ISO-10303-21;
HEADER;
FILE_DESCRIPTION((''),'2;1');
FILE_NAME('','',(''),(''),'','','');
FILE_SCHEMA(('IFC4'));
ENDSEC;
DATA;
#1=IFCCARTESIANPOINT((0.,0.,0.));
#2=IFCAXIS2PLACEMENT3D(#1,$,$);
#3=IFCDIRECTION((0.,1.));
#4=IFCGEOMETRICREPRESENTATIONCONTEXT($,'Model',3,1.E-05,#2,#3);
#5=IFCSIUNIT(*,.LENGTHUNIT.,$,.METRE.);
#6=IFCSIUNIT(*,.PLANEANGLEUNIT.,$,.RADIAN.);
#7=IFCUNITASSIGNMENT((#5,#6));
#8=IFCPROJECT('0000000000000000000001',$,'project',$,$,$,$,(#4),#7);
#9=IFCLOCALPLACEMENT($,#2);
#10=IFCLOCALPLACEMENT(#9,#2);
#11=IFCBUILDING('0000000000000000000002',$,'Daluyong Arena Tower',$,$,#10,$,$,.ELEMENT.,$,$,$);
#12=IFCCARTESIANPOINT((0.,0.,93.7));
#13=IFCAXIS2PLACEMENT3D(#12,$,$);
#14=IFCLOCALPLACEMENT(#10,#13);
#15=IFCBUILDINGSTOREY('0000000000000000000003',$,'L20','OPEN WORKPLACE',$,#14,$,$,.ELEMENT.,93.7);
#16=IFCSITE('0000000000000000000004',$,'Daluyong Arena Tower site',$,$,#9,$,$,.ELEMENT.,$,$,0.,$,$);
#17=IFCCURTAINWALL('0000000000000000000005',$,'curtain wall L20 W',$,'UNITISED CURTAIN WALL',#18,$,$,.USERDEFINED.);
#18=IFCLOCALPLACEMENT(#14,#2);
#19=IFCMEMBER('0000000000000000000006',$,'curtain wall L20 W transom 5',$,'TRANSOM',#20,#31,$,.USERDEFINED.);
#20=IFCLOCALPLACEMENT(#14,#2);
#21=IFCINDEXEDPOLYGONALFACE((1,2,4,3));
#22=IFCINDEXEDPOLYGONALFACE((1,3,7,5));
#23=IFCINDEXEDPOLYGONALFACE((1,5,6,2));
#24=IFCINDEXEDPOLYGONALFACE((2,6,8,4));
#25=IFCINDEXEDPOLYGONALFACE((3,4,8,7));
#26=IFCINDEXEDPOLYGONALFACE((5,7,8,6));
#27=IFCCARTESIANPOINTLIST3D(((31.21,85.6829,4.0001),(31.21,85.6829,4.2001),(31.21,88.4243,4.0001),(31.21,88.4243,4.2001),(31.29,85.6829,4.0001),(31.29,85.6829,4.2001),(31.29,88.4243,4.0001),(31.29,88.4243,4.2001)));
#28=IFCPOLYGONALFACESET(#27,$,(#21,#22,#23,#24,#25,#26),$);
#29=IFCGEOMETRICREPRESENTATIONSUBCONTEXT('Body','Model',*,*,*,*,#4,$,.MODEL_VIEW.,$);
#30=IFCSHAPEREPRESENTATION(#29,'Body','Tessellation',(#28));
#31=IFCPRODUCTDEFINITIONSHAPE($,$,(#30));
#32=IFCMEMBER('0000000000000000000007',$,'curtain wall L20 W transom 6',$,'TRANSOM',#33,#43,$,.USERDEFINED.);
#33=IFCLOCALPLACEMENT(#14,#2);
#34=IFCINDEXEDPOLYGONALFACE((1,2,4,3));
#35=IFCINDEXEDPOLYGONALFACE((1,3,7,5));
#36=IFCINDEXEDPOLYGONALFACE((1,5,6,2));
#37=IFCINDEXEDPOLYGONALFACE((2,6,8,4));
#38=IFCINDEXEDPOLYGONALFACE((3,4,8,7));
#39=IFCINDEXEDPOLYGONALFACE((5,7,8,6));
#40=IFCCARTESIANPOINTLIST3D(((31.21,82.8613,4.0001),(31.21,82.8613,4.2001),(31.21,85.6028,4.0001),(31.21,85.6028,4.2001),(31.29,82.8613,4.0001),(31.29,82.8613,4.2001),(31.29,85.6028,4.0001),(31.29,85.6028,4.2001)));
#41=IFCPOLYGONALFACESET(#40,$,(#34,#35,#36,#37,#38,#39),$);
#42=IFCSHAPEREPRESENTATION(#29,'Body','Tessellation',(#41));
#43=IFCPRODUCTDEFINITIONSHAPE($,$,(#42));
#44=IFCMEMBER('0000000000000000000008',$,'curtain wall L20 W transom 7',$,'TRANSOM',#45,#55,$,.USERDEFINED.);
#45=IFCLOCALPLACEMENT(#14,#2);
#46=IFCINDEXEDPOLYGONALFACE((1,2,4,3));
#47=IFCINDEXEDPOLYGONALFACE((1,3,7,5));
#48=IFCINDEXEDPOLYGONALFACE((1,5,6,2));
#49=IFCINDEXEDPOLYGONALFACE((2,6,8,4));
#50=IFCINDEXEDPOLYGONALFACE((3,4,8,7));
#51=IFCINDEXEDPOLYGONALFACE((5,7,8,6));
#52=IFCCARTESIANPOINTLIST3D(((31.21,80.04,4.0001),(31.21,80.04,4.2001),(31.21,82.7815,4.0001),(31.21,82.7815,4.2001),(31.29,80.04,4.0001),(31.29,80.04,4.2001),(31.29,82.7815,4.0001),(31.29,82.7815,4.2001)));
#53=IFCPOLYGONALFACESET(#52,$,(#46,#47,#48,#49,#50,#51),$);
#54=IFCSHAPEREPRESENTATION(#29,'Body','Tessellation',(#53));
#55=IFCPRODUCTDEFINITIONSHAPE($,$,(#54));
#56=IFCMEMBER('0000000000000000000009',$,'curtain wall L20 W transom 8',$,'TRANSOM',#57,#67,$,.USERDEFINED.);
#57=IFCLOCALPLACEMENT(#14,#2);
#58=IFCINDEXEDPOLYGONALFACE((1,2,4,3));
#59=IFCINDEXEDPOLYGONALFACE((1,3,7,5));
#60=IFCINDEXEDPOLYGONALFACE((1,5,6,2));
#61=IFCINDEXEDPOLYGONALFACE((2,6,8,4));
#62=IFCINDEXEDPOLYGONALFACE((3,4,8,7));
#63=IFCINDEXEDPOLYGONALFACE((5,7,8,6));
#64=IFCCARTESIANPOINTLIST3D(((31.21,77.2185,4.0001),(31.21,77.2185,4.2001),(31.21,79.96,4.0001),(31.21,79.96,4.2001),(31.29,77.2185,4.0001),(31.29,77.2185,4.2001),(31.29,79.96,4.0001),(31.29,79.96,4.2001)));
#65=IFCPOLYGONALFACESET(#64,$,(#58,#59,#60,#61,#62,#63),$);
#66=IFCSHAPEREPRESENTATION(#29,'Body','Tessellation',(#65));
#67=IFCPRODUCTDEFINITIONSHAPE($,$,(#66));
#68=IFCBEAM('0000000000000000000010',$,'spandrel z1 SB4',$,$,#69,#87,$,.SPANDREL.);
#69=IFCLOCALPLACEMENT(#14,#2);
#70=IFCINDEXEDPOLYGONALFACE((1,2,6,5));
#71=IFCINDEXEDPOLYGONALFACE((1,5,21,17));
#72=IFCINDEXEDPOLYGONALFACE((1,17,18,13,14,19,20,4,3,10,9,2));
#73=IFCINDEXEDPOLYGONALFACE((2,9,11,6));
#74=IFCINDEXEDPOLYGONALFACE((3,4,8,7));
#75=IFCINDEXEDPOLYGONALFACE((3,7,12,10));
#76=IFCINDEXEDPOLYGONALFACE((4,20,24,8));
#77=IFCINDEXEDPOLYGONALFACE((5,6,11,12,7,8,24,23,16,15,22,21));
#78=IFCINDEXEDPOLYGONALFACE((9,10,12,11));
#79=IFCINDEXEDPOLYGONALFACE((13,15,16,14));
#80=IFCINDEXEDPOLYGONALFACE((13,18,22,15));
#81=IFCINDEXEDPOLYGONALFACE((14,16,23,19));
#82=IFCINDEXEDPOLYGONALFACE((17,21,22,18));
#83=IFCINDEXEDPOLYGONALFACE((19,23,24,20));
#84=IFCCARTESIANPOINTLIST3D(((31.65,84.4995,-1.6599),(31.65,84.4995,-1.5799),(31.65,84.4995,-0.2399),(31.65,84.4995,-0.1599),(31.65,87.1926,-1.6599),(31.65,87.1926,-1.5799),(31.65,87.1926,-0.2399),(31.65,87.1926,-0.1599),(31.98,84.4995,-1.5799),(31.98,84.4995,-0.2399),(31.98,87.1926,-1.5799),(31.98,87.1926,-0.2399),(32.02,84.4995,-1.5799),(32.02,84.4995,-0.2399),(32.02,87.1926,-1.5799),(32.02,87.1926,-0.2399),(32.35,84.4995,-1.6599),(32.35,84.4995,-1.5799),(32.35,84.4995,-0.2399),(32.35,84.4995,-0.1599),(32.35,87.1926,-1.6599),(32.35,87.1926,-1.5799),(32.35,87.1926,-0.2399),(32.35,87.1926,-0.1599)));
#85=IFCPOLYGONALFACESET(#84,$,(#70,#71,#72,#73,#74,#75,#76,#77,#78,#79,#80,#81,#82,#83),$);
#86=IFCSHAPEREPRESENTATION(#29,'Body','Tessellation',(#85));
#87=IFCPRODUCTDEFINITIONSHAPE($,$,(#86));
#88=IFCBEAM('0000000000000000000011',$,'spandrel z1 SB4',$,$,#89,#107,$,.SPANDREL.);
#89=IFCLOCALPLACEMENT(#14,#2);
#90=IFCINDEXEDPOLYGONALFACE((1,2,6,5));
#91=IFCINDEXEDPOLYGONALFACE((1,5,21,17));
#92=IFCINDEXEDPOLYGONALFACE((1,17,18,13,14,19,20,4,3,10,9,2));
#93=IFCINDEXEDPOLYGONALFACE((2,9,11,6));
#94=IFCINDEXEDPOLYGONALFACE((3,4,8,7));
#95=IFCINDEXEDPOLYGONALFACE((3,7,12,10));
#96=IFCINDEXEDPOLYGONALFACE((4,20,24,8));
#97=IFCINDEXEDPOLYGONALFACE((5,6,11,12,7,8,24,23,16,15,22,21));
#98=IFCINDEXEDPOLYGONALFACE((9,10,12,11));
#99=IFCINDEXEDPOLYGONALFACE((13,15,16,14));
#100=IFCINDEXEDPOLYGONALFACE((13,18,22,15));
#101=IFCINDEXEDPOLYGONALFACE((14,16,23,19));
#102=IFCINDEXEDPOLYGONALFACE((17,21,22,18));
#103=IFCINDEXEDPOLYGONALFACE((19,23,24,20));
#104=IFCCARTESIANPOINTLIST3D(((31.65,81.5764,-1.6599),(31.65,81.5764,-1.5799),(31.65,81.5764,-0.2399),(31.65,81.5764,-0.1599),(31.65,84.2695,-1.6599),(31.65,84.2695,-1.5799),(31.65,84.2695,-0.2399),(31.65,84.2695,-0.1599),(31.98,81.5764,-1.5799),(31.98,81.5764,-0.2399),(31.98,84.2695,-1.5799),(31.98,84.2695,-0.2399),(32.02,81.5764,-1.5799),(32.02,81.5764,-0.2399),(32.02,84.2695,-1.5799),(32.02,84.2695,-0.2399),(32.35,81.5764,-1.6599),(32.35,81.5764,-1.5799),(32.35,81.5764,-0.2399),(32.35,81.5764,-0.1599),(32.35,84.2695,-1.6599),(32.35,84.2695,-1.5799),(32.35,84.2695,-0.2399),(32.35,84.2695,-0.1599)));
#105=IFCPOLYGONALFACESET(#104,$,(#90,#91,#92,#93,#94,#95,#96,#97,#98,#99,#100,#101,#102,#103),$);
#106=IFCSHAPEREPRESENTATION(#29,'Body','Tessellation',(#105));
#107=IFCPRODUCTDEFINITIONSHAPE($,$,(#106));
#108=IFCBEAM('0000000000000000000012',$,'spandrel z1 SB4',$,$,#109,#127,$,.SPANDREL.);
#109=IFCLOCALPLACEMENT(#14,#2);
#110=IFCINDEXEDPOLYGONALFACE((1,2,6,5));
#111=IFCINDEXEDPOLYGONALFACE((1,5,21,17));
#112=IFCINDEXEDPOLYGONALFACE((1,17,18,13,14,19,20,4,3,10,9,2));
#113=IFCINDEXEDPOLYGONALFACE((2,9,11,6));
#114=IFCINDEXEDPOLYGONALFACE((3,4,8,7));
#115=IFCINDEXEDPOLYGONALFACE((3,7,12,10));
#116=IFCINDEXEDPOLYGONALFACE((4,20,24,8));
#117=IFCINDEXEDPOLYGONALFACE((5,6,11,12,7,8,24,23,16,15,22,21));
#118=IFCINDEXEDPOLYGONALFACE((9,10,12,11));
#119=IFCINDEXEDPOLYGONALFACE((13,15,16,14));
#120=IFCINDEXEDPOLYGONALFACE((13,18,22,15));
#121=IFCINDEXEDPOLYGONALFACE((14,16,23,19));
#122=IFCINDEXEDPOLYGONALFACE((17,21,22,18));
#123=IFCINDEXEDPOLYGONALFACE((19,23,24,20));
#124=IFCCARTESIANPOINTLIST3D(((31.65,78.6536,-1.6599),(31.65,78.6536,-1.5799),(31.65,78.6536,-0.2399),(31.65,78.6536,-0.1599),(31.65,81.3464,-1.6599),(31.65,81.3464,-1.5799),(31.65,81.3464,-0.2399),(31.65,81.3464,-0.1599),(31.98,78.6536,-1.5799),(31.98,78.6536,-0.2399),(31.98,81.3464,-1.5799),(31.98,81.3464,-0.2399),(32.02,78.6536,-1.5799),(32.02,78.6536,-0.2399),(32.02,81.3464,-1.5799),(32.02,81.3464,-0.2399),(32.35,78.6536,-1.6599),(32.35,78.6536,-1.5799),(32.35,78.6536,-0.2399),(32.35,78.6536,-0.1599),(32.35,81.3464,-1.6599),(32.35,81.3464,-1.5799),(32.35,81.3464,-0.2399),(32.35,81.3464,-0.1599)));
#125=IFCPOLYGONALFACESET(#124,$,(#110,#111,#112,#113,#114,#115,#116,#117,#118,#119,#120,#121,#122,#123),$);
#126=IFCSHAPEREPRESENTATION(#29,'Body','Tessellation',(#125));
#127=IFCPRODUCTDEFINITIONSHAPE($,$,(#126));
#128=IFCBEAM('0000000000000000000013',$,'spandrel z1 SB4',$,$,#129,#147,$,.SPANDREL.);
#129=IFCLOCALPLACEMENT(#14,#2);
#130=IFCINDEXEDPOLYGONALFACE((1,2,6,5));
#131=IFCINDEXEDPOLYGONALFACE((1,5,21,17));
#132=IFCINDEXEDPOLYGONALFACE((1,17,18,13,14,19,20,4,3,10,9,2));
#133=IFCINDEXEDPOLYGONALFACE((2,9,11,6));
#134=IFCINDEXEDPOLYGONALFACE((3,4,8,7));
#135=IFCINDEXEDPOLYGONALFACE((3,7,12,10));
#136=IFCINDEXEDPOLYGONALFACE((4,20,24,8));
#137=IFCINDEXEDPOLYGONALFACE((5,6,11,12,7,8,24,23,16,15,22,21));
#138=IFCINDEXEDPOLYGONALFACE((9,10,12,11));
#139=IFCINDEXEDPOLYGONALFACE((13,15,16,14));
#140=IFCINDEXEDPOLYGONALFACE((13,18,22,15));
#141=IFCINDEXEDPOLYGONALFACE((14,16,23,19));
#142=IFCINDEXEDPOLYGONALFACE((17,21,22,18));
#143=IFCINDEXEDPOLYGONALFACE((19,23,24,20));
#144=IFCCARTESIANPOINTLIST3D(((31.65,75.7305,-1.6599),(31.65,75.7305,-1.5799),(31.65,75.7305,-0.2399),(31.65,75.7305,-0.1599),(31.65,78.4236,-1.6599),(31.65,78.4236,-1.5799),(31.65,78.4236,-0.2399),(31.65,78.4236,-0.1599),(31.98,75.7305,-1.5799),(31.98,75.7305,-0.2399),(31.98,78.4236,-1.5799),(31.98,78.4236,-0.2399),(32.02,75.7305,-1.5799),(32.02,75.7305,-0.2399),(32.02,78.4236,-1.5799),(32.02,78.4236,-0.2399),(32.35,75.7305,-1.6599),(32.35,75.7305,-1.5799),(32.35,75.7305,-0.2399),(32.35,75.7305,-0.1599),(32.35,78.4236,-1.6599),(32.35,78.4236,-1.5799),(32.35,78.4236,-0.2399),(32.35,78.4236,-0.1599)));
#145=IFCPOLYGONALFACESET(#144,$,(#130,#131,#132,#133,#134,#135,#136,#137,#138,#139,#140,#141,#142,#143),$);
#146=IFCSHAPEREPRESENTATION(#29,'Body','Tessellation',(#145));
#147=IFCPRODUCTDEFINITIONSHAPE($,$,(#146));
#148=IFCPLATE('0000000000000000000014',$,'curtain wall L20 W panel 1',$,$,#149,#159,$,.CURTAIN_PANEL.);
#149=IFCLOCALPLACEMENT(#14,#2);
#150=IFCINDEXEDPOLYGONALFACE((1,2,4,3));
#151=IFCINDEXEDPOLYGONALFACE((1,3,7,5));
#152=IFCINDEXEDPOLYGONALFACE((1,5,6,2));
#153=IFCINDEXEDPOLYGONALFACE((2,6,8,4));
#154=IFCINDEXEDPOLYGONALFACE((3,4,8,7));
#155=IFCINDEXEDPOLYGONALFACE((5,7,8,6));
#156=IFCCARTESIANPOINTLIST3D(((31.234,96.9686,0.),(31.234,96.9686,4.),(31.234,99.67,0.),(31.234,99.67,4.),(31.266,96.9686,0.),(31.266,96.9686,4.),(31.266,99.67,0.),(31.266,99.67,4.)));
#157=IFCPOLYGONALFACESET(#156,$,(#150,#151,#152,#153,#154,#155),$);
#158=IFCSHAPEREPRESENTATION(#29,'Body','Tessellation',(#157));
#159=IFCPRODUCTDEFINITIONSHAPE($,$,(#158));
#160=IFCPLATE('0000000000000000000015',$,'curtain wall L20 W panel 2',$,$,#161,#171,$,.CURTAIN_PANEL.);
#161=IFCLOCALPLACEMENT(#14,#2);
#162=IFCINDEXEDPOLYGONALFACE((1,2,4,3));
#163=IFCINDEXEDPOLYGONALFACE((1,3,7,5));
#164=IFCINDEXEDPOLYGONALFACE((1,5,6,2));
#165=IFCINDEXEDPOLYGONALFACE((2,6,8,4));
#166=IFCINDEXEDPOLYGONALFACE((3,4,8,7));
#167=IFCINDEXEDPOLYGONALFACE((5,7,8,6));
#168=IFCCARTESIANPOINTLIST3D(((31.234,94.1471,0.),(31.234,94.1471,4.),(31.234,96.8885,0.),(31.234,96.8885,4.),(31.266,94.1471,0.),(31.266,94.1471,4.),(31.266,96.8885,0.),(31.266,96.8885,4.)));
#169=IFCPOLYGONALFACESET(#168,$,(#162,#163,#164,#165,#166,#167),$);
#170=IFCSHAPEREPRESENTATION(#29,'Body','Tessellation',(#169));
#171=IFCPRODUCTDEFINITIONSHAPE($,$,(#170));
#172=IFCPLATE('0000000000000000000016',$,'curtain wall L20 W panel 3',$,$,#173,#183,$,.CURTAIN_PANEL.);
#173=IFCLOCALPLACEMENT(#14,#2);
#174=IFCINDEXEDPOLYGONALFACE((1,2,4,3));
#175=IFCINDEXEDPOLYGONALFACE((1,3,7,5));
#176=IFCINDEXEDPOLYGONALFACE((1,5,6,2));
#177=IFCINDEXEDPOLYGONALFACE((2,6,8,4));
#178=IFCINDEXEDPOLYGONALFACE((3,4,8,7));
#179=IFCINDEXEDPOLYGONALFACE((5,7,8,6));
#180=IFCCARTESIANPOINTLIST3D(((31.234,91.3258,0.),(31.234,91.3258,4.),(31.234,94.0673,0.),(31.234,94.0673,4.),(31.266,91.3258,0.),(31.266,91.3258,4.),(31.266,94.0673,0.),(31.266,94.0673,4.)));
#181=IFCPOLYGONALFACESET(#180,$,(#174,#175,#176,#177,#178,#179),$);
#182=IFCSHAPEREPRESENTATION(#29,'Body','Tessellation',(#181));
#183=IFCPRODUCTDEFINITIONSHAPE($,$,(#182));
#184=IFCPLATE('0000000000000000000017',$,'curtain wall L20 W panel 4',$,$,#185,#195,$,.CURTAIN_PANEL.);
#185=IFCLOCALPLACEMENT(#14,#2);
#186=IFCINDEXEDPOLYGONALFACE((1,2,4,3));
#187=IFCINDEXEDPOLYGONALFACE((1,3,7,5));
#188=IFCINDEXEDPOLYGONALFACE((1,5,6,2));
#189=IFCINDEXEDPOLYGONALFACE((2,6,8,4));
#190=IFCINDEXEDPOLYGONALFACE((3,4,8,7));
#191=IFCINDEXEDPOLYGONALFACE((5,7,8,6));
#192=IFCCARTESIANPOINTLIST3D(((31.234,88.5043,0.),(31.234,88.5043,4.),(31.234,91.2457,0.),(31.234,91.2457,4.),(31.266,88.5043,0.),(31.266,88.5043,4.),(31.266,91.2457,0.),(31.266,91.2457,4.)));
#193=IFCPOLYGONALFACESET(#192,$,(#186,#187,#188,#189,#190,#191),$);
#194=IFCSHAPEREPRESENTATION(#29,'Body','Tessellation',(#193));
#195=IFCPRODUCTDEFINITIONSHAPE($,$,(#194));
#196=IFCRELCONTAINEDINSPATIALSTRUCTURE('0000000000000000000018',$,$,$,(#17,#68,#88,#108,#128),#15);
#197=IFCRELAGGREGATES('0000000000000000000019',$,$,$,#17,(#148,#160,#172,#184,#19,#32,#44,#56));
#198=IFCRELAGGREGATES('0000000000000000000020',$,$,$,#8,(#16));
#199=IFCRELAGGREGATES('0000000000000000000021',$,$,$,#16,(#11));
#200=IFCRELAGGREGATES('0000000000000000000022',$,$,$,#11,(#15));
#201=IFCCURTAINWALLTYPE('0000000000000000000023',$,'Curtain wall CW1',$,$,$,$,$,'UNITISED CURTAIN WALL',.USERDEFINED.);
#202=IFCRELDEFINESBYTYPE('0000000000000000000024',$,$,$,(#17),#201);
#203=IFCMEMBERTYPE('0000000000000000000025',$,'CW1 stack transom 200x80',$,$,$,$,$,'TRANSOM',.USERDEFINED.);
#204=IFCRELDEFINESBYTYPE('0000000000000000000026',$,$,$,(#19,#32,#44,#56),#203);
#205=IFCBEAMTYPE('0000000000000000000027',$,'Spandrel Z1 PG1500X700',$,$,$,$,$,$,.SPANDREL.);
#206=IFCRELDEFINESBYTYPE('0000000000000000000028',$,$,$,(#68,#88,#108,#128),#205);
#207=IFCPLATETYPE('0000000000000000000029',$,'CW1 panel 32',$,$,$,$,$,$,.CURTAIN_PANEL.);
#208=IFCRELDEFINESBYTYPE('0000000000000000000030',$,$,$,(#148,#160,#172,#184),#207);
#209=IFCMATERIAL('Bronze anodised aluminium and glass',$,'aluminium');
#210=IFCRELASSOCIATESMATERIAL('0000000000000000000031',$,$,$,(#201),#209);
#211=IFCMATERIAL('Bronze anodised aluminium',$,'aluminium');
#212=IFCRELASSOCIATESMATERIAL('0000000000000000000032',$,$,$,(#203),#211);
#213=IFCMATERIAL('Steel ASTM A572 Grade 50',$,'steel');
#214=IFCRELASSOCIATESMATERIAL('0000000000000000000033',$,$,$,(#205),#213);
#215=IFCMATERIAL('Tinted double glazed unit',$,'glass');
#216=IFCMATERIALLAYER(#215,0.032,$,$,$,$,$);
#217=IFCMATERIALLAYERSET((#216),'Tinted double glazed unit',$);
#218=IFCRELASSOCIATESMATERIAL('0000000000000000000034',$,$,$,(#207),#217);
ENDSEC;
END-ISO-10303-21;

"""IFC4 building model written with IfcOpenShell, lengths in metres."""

from ifc_helpers import new_model, si_unit, direction, frame, origin, origin_2d, place, context, subcontext, project, spatial, rectangle, i_section, extrude, material, layer, layer_set, material_profile, profile_set, type_object, element, aggregate, save


model = new_model("IFC4")

# Units and contexts
model_context = context("Model", 3, precision=1e-05, world=origin(), true_north=direction((0.0, 1.0)))
body_context = subcontext(model_context, "Body", "Model", "MODEL_VIEW")
ifc_project = project(units=[si_unit("LENGTHUNIT", "METRE"), si_unit("PLANEANGLEUNIT", "RADIAN")], contexts=[model_context])

# Site, building, storey
site_placement = place(None, origin())
site = spatial("IfcSite", under=ifc_project, at=site_placement, Name="Daluyong Arena Tower site", CompositionType="ELEMENT", RefElevation=0.0)
building_placement = place(site_placement, origin())
building = spatial("IfcBuilding", under=site, at=building_placement, Name="Daluyong Arena Tower", CompositionType="ELEMENT")
storey_placement = place(building_placement, frame((0.0, 0.0, 93.7)))
storey = spatial("IfcBuildingStorey", under=building, at=storey_placement, Name="L20", Description="OPEN WORKPLACE", CompositionType="ELEMENT", Elevation=93.7)

# Curtain wall, members
ifc_material_1 = material(Name="Bronze anodised aluminium and glass", Category="aluminium")
curtain_wall_type = type_object("IfcCurtainWallType", Name="Curtain wall CW1", ElementType="UNITISED CURTAIN WALL", PredefinedType="USERDEFINED", material=ifc_material_1)
curtain_wall_placement = place(storey_placement, origin())
curtain_wall = element("IfcCurtainWall", 1, at=curtain_wall_placement, inside=storey, type_object=curtain_wall_type, Name="curtain wall L20 W", ObjectType="UNITISED CURTAIN WALL", PredefinedType="USERDEFINED")
ifc_material_2 = material(Name="Bronze anodised aluminium", Category="aluminium")
ifc_material_profile_1 = material_profile(ifc_material_2, rectangle(XDim=0.0801, YDim=0.2, at=origin_2d()))
ifc_profile_set_1 = profile_set([ifc_material_profile_1], Name="Bronze anodised aluminium")
member_type_1 = type_object("IfcMemberType", Name="CW1 stack transom 200x80", ElementType="TRANSOM", PredefinedType="USERDEFINED", material=ifc_profile_set_1)
member_1_placement = place(storey_placement, frame((31.25, 88.4243, 4.1001), z_axis=(0.0, -1.0, 0.0), x_axis=(1.0, 0.0, 0.0)))
member_1 = element("IfcMember", 2, at=member_1_placement, type_object=member_type_1, Name="curtain wall L20 W transom 5", ObjectType="TRANSOM", PredefinedType="USERDEFINED", context=body_context, shape_type="SweptSolid", body=[
    extrude(rectangle(XDim=0.0801, YDim=0.2, at=origin_2d()), origin(), (0.0, 0.0, 1.0), 2.7415),
])
member_2_placement = place(storey_placement, frame((31.25, 85.6028, 4.1001), z_axis=(0.0, -1.0, 0.0), x_axis=(1.0, 0.0, 0.0)))
member_2 = element("IfcMember", 3, at=member_2_placement, type_object=member_type_1, Name="curtain wall L20 W transom 6", ObjectType="TRANSOM", PredefinedType="USERDEFINED", context=body_context, shape_type="SweptSolid", body=[
    extrude(rectangle(XDim=0.0801, YDim=0.2, at=origin_2d()), origin(), (0.0, 0.0, 1.0), 2.7415),
])
member_3_placement = place(storey_placement, frame((31.25, 82.7815, 4.1001), z_axis=(0.0, -1.0, 0.0), x_axis=(1.0, 0.0, 0.0)))
member_3 = element("IfcMember", 4, at=member_3_placement, type_object=member_type_1, Name="curtain wall L20 W transom 7", ObjectType="TRANSOM", PredefinedType="USERDEFINED", context=body_context, shape_type="SweptSolid", body=[
    extrude(rectangle(XDim=0.0801, YDim=0.2, at=origin_2d()), origin(), (0.0, 0.0, 1.0), 2.7415),
])
member_4_placement = place(storey_placement, frame((31.25, 79.96, 4.1001), z_axis=(0.0, -1.0, 0.0), x_axis=(1.0, 0.0, 0.0)))
member_4 = element("IfcMember", 5, at=member_4_placement, type_object=member_type_1, Name="curtain wall L20 W transom 8", ObjectType="TRANSOM", PredefinedType="USERDEFINED", context=body_context, shape_type="SweptSolid", body=[
    extrude(rectangle(XDim=0.0801, YDim=0.2, at=origin_2d()), origin(), (0.0, 0.0, 1.0), 2.7415),
])

# Beams
ifc_material_3 = material(Name="Steel ASTM A572 Grade 50", Category="steel")
ifc_material_profile_2 = material_profile(ifc_material_3, i_section(OverallWidth=0.7, OverallDepth=1.5, WebThickness=0.04, FlangeThickness=0.08, at=origin_2d()))
ifc_profile_set_2 = profile_set([ifc_material_profile_2], Name="Steel ASTM A572 Grade 50")
beam_type = type_object("IfcBeamType", Name="Spandrel Z1 PG1500X700", PredefinedType="SPANDREL", material=ifc_profile_set_2)
for number, where, z_axis, x_axis, name in (
    (6, (32.0, 87.1926, -0.9099), (0.0, -1.0, 0.0), (1.0, 0.0, 0.0), "spandrel z1 SB4"),
    (7, (32.0, 84.2695, -0.9099), (0.0, -1.0, 0.0), (1.0, 0.0, 0.0), "spandrel z1 SB4"),
):
    element("IfcBeam", number, at=place(storey_placement, frame(where, z_axis=z_axis, x_axis=x_axis)), inside=storey, type_object=beam_type, Name=name, PredefinedType="SPANDREL", context=body_context, shape_type="SweptSolid", body=[
        extrude(i_section(OverallWidth=0.7, OverallDepth=1.5, WebThickness=0.04, FlangeThickness=0.08, at=origin_2d()), origin(), (0.0, 0.0, 1.0), 2.6931),
    ])
beam_1_placement = place(storey_placement, frame((32.0, 81.3464, -0.9099), z_axis=(0.0, -1.0, 0.0), x_axis=(1.0, 0.0, 0.0)))
element("IfcBeam", 8, at=beam_1_placement, inside=storey, type_object=beam_type, Name="spandrel z1 SB4", PredefinedType="SPANDREL", context=body_context, shape_type="SweptSolid", body=[
    extrude(i_section(OverallWidth=0.7, OverallDepth=1.5, WebThickness=0.04, FlangeThickness=0.08, at=origin_2d()), origin(), (0.0, 0.0, 1.0), 2.6929),
])
beam_2_placement = place(storey_placement, frame((32.0, 78.4236, -0.9099), z_axis=(0.0, -1.0, 0.0), x_axis=(1.0, 0.0, 0.0)))
element("IfcBeam", 9, at=beam_2_placement, inside=storey, type_object=beam_type, Name="spandrel z1 SB4", PredefinedType="SPANDREL", context=body_context, shape_type="SweptSolid", body=[
    extrude(i_section(OverallWidth=0.7, OverallDepth=1.5, WebThickness=0.04, FlangeThickness=0.08, at=origin_2d()), origin(), (0.0, 0.0, 1.0), 2.6931),
])

# Plates
ifc_material_4 = material(Name="Tinted double glazed unit", Category="glass")
ifc_layer = layer(ifc_material_4, 0.032)
ifc_layer_set = layer_set([ifc_layer], Name="Tinted double glazed unit")
plate_type = type_object("IfcPlateType", Name="CW1 panel 32", PredefinedType="CURTAIN_PANEL", material=ifc_layer_set)
plate_1_placement = place(storey_placement, frame((31.25, 98.3193, 0.0), z_axis=(0.0, 0.0, 1.0), x_axis=(0.0, -1.0, 0.0)))
plate_1 = element("IfcPlate", 10, at=plate_1_placement, type_object=plate_type, Name="curtain wall L20 W panel 1", PredefinedType="CURTAIN_PANEL", context=body_context, shape_type="SweptSolid", body=[
    extrude(rectangle(XDim=2.7014, YDim=0.032, at=origin_2d()), origin(), (0.0, 0.0, 1.0), 4.0),
])
plate_2_placement = place(storey_placement, frame((31.25, 95.5178, 0.0), z_axis=(0.0, 0.0, 1.0), x_axis=(0.0, -1.0, 0.0)))
plate_2 = element("IfcPlate", 11, at=plate_2_placement, type_object=plate_type, Name="curtain wall L20 W panel 2", PredefinedType="CURTAIN_PANEL", context=body_context, shape_type="SweptSolid", body=[
    extrude(rectangle(XDim=2.7415, YDim=0.032, at=origin_2d()), origin(), (0.0, 0.0, 1.0), 4.0),
])
plate_3_placement = place(storey_placement, frame((31.25, 92.6965, 0.0), z_axis=(0.0, 0.0, 1.0), x_axis=(0.0, -1.0, 0.0)))
plate_3 = element("IfcPlate", 12, at=plate_3_placement, type_object=plate_type, Name="curtain wall L20 W panel 3", PredefinedType="CURTAIN_PANEL", context=body_context, shape_type="SweptSolid", body=[
    extrude(rectangle(XDim=2.7415, YDim=0.032, at=origin_2d()), origin(), (0.0, 0.0, 1.0), 4.0),
])
plate_4_placement = place(storey_placement, frame((31.25, 89.875, 0.0), z_axis=(0.0, 0.0, 1.0), x_axis=(0.0, -1.0, 0.0)))
plate_4 = element("IfcPlate", 13, at=plate_4_placement, type_object=plate_type, Name="curtain wall L20 W panel 4", PredefinedType="CURTAIN_PANEL", context=body_context, shape_type="SweptSolid", body=[
    extrude(rectangle(XDim=2.7415, YDim=0.032, at=origin_2d()), origin(), (0.0, 0.0, 1.0), 4.0),
])
aggregate(curtain_wall, [plate_1, plate_2, plate_3, plate_4, member_1, member_2, member_3, member_4])

save(model, "model.ifc")
